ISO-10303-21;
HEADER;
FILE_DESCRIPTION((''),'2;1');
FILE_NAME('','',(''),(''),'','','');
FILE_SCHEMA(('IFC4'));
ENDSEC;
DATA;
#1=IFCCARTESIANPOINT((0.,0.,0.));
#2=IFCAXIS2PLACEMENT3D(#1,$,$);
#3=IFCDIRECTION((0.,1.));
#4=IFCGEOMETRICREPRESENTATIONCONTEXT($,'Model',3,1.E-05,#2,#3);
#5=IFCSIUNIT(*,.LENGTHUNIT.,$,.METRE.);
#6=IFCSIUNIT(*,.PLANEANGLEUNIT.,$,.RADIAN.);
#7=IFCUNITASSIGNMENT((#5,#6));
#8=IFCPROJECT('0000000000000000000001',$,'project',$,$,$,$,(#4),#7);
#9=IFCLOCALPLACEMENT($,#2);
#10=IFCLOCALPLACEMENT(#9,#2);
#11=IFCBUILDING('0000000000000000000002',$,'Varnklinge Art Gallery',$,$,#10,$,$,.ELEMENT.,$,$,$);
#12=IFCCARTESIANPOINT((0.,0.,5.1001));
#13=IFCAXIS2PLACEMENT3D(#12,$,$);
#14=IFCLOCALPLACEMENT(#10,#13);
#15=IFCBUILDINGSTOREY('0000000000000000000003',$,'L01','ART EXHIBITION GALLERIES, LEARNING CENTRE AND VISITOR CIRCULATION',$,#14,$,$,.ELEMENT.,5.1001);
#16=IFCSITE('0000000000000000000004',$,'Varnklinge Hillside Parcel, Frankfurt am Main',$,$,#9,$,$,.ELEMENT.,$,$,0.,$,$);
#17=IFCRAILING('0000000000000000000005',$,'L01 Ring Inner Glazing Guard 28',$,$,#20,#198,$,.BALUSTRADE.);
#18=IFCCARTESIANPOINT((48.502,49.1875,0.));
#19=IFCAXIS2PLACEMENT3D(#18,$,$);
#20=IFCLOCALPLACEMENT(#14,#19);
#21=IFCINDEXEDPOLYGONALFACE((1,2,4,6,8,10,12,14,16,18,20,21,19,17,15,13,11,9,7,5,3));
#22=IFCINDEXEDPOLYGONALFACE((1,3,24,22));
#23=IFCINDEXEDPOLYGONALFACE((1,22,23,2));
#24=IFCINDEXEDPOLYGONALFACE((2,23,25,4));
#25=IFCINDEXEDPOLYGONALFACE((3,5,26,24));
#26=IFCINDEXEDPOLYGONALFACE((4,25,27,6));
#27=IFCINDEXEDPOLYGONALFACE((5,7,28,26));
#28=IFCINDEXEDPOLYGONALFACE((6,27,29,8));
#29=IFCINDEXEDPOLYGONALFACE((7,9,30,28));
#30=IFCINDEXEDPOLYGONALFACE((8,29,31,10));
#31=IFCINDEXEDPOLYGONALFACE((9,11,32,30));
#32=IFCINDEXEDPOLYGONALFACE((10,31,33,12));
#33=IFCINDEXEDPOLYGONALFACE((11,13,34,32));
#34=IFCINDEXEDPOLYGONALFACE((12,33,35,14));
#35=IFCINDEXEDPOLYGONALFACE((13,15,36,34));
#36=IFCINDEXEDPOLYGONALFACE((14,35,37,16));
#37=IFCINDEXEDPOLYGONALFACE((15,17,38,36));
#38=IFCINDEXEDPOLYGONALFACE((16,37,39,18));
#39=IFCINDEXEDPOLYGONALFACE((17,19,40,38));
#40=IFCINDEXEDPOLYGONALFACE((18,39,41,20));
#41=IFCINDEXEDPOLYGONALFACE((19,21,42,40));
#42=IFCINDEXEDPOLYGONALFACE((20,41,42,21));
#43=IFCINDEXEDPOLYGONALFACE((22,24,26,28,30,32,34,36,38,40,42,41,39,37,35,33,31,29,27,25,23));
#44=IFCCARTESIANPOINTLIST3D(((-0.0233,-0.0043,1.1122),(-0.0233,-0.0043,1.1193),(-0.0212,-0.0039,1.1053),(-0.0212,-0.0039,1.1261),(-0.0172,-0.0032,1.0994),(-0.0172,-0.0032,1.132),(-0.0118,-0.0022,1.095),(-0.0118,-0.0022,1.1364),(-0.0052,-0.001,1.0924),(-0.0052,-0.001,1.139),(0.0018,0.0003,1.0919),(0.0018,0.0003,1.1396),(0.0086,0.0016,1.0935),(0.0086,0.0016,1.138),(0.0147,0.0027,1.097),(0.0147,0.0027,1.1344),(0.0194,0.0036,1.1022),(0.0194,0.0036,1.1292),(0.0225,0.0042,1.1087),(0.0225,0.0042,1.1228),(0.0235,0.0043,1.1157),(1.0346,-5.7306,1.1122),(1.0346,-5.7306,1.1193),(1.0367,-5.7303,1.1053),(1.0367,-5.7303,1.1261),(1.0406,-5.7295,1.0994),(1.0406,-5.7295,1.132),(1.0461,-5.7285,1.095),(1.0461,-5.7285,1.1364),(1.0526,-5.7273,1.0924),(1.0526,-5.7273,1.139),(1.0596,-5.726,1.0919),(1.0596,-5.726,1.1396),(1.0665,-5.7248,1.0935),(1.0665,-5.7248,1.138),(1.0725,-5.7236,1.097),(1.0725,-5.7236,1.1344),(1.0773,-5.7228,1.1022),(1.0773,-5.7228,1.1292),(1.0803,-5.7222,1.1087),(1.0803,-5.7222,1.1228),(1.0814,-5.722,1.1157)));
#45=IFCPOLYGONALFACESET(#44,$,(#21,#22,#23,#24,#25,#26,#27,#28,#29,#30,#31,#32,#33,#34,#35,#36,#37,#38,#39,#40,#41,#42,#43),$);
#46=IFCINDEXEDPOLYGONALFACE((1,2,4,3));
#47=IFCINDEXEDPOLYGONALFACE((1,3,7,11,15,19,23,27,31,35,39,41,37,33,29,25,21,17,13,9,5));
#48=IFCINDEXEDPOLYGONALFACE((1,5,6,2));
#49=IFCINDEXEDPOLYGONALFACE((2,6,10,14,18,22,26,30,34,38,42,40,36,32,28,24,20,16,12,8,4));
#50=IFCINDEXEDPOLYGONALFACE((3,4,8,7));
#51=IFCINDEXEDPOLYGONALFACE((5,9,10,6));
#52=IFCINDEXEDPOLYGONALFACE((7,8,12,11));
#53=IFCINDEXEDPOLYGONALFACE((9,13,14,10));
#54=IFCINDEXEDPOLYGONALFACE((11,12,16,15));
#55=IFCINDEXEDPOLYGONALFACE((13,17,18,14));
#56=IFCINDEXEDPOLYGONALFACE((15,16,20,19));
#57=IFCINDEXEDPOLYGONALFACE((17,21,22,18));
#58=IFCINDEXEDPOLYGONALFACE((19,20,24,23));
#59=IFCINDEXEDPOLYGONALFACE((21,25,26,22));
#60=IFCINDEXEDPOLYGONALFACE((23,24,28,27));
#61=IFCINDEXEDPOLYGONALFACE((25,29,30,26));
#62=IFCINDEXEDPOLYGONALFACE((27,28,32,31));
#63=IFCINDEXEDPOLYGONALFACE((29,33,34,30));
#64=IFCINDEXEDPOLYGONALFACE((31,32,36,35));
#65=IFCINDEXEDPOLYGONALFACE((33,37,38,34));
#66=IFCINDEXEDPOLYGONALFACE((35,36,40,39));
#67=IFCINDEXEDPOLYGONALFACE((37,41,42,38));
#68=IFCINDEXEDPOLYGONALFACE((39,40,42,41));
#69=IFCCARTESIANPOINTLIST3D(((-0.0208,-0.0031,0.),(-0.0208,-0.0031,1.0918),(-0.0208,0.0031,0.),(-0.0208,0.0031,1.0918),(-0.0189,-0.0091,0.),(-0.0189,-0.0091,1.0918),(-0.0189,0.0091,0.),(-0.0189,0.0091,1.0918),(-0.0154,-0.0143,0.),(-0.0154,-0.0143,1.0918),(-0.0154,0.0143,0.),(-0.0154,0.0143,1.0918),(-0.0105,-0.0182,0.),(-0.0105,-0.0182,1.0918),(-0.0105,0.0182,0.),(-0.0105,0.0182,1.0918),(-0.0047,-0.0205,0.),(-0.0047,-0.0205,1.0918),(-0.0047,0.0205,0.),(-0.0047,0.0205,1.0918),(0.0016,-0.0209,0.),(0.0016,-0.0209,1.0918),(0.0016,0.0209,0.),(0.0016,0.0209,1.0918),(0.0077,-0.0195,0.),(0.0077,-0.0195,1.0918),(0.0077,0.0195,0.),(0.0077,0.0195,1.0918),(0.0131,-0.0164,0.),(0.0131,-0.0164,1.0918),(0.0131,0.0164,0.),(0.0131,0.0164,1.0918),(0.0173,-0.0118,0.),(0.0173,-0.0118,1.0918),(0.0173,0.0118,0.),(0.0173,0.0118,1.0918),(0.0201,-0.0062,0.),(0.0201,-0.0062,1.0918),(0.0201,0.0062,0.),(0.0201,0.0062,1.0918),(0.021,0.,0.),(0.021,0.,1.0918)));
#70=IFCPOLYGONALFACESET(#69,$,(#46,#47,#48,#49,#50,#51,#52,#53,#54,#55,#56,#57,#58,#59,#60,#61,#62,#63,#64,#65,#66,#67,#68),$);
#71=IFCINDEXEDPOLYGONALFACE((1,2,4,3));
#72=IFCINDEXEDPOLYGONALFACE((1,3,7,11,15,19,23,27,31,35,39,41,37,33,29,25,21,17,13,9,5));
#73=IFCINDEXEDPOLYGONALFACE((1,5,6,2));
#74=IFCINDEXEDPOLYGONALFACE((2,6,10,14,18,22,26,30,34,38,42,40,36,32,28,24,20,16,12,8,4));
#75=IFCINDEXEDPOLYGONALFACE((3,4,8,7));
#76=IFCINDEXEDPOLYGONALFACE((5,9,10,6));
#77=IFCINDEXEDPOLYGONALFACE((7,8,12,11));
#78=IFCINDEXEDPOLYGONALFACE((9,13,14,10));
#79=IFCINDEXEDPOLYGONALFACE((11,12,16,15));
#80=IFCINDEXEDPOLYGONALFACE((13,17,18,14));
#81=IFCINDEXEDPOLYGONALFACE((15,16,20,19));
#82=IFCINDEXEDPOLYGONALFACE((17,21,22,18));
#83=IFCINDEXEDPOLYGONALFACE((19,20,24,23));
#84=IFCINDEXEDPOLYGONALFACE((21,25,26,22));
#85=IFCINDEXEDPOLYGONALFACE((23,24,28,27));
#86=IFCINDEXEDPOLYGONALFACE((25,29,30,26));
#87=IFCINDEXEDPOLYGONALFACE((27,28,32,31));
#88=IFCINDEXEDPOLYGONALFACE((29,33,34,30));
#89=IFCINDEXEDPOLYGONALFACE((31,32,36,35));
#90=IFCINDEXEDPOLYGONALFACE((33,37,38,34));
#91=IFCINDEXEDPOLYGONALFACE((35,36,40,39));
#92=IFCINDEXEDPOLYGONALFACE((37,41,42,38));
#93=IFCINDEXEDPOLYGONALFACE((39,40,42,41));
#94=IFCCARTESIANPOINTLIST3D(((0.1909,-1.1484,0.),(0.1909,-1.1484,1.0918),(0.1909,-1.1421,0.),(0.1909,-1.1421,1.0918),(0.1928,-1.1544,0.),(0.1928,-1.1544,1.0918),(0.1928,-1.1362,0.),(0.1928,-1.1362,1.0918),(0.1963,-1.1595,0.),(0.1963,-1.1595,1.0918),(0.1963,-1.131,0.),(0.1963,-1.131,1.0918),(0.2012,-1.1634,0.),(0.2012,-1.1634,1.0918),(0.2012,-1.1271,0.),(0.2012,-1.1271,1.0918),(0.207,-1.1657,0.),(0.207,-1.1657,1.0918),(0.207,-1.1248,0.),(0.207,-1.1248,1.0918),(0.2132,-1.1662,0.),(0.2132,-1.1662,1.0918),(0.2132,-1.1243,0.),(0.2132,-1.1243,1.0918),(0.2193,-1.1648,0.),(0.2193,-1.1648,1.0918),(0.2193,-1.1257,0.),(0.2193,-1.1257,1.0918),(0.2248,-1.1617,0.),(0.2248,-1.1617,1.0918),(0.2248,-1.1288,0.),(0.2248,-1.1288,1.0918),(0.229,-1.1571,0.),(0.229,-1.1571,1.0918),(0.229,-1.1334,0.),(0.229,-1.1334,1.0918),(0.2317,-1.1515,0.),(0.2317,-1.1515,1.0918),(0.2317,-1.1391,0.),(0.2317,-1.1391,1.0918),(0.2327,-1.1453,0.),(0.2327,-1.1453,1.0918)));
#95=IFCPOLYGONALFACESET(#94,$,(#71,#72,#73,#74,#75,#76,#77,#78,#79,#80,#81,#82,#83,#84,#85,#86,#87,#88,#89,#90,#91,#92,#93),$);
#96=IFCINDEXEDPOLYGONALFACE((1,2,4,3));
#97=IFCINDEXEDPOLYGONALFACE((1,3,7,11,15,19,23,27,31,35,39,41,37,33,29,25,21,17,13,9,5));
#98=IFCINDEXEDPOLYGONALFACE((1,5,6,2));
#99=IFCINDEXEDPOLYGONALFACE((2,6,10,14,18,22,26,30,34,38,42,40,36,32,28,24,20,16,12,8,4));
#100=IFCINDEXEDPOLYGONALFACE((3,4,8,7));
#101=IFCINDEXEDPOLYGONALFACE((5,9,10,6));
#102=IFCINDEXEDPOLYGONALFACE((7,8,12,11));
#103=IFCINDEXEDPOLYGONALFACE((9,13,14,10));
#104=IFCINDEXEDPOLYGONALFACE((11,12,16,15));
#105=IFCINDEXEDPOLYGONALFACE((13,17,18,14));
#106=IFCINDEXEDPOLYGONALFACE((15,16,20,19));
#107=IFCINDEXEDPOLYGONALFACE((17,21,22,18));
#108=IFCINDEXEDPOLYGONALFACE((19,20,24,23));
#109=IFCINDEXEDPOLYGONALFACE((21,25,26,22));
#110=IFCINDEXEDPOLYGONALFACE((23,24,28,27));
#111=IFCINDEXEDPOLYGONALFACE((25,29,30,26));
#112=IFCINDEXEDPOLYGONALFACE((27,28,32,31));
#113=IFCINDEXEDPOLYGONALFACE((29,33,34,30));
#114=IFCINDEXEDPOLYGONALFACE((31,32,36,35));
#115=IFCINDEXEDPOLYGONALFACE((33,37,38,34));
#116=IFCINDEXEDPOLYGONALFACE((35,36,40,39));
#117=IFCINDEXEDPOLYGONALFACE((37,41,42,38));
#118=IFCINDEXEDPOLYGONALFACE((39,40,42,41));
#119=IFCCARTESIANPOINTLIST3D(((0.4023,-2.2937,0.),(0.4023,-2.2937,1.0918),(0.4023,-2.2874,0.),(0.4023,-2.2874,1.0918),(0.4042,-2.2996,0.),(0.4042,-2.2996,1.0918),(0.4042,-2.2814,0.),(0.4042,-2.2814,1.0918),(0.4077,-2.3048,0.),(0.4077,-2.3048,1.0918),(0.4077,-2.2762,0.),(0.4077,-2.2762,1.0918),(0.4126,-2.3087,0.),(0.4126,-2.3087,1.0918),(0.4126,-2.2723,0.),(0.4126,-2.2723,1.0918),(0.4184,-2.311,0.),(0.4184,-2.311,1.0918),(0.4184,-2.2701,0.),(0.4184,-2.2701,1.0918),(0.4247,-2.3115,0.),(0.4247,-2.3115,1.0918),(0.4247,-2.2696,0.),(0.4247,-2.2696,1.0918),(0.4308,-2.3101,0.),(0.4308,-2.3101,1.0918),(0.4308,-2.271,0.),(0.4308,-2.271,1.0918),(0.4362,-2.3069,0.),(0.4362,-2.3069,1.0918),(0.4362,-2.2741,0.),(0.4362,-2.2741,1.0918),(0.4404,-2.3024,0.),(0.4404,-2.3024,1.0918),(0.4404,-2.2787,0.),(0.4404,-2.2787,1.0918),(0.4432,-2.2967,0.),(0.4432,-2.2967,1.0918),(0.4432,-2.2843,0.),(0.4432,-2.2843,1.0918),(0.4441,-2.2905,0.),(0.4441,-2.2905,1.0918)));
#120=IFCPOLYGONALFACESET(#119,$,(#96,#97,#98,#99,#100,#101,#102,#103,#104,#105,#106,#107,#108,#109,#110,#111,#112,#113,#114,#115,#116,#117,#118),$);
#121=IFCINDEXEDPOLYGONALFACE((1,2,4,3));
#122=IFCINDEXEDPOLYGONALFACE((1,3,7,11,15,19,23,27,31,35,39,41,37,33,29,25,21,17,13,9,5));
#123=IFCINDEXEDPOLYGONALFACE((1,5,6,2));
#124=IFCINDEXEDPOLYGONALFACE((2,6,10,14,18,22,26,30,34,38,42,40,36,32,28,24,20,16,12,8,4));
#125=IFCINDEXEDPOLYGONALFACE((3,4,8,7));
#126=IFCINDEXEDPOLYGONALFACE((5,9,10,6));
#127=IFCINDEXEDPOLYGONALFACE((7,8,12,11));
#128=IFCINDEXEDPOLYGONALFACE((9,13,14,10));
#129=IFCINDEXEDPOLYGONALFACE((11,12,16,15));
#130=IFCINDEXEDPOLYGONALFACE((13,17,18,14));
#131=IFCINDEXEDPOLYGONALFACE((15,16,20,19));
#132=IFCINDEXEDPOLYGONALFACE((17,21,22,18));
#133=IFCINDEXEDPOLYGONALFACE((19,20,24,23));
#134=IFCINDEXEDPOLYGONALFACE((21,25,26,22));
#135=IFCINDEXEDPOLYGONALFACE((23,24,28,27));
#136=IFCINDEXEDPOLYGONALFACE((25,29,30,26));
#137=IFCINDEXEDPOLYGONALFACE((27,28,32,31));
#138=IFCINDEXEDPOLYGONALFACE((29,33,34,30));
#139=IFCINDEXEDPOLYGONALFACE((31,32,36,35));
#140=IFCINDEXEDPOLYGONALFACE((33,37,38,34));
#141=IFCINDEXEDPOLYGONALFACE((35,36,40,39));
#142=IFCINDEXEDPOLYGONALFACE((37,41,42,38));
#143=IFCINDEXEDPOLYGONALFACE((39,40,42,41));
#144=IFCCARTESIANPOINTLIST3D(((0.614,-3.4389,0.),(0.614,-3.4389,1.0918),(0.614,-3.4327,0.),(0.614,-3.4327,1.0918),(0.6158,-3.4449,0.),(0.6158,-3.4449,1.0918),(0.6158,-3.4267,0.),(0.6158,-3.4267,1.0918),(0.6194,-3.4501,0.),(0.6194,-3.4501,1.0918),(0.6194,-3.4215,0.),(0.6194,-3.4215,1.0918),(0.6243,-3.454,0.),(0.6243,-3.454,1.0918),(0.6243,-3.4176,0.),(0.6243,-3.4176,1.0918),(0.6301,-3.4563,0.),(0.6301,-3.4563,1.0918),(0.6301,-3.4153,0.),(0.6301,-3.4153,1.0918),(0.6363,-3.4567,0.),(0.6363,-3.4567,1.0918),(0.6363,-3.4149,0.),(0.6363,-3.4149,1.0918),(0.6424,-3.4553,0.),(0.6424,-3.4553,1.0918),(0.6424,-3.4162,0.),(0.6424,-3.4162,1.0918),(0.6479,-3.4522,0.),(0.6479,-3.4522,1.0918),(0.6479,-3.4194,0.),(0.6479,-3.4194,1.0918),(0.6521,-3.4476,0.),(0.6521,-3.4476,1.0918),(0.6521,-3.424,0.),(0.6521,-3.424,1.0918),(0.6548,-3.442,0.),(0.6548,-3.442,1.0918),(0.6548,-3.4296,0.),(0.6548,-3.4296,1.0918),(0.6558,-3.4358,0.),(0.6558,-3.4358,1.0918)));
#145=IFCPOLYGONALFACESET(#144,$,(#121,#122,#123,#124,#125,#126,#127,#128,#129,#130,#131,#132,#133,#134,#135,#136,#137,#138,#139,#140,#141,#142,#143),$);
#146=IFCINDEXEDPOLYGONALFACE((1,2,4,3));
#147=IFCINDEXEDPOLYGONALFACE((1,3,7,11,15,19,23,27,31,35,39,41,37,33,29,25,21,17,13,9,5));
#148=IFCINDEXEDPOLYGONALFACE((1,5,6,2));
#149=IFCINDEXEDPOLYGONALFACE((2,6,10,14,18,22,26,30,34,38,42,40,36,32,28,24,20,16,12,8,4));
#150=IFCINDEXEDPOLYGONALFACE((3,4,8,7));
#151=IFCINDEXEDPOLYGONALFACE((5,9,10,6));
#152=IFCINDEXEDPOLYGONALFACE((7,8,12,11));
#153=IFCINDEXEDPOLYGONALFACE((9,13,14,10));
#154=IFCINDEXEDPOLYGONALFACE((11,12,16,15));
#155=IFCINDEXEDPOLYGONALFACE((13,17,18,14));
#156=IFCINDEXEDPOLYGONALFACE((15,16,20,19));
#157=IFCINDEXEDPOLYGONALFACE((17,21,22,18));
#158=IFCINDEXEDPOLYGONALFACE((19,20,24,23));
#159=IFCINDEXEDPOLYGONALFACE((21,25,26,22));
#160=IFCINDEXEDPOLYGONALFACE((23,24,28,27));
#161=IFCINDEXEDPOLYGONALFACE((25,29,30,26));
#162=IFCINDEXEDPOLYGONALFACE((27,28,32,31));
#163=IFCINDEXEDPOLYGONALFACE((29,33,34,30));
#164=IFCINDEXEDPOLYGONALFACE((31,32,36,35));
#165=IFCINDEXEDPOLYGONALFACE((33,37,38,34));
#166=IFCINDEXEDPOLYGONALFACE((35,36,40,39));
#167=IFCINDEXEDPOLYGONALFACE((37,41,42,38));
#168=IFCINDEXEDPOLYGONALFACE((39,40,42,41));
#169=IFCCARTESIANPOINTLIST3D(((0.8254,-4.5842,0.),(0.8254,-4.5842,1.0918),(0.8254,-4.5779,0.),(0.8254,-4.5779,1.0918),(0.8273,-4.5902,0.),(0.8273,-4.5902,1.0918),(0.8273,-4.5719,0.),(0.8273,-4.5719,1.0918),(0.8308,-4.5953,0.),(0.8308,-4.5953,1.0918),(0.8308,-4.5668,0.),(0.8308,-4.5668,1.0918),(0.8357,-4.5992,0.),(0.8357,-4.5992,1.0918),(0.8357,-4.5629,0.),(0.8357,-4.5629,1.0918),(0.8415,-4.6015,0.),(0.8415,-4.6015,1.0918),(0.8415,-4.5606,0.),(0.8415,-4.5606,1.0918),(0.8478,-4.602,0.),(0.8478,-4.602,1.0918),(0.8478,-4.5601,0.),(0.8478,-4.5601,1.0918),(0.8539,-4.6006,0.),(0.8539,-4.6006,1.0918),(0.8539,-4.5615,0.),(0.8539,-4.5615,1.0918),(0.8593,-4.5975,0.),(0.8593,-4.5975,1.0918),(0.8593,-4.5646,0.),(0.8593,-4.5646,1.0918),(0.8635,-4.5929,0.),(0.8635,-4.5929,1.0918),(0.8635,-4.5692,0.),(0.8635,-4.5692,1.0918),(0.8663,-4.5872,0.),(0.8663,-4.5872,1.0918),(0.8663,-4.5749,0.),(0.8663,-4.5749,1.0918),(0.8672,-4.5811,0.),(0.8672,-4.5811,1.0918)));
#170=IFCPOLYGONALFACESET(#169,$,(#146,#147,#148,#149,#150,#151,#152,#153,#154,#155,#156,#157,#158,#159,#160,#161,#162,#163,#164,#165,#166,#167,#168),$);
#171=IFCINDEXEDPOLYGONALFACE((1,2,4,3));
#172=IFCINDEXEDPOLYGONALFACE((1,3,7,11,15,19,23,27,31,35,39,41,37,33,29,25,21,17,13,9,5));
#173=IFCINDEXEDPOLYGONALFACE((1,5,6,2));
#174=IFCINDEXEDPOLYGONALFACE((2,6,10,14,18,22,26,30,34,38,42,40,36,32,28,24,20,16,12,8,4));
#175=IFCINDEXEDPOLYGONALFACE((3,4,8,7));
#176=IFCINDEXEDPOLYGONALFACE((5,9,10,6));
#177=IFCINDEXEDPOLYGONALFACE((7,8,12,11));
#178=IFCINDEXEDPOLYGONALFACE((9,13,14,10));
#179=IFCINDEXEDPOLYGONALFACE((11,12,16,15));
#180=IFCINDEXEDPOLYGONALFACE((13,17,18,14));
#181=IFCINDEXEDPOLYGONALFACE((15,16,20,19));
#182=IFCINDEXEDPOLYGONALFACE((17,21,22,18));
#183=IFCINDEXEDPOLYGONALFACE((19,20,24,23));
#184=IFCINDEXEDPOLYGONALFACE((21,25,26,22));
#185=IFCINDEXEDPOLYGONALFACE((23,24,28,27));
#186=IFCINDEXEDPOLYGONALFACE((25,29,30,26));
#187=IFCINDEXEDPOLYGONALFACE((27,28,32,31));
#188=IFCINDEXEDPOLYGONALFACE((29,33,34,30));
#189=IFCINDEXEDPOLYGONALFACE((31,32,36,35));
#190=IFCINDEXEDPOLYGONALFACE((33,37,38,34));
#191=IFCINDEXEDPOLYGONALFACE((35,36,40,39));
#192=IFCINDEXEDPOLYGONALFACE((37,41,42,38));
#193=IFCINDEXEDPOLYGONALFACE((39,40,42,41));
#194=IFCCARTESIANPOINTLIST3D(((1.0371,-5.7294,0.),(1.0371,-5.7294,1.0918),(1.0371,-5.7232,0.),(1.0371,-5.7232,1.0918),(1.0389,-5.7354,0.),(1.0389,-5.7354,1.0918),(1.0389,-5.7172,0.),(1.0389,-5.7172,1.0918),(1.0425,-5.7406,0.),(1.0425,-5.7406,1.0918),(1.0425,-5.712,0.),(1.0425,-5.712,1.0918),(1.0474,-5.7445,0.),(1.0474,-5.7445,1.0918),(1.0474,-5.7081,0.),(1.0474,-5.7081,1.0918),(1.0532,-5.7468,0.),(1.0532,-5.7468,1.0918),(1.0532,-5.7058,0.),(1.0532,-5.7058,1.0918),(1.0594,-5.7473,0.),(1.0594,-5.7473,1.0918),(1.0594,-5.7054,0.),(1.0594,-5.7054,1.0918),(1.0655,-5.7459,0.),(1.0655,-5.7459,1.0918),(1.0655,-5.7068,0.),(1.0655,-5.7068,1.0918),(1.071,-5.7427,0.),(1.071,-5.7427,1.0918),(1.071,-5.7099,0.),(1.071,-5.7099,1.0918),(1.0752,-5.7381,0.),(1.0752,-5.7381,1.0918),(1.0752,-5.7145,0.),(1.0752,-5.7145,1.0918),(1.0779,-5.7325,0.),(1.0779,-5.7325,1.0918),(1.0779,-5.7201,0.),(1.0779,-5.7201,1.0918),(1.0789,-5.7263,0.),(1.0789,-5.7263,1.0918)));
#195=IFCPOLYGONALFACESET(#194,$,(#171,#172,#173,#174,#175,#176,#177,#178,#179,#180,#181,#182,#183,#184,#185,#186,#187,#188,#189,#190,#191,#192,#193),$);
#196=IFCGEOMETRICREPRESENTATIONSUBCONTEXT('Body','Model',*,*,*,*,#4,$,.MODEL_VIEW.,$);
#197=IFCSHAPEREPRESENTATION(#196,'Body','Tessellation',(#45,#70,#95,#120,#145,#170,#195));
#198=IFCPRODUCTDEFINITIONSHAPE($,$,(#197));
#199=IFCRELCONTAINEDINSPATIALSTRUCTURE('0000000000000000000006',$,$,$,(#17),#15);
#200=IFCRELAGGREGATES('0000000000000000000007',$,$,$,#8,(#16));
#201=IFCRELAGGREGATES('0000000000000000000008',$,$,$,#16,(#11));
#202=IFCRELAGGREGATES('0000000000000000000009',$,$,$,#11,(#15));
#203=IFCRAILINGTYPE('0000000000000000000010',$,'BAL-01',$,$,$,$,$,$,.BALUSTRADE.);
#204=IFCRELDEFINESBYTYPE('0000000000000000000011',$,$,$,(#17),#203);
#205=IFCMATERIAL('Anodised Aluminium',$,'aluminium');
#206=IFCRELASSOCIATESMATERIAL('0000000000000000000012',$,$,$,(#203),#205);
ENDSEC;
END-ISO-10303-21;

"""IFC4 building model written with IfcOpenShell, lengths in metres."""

from ifc_helpers import new_model, si_unit, direction, frame, origin, origin_2d, place, context, subcontext, project, spatial, circle, extrude, material, type_object, element, save


model = new_model("IFC4")

# Units and contexts
model_context = context("Model", 3, precision=1e-05, world=origin(), true_north=direction((0.0, 1.0)))
body_context = subcontext(model_context, "Body", "Model", "MODEL_VIEW")
ifc_project = project(units=[si_unit("LENGTHUNIT", "METRE"), si_unit("PLANEANGLEUNIT", "RADIAN")], contexts=[model_context])

# Site, building, storey
site_placement = place(None, origin())
site = spatial("IfcSite", under=ifc_project, at=site_placement, Name="Varnklinge Hillside Parcel, Frankfurt am Main", CompositionType="ELEMENT", RefElevation=0.0)
building_placement = place(site_placement, origin())
building = spatial("IfcBuilding", under=site, at=building_placement, Name="Varnklinge Art Gallery", CompositionType="ELEMENT")
storey_placement = place(building_placement, frame((0.0, 0.0, 5.1001)))
storey = spatial("IfcBuildingStorey", under=building, at=storey_placement, Name="L01", Description="ART EXHIBITION GALLERIES, LEARNING CENTRE AND VISITOR CIRCULATION", CompositionType="ELEMENT", Elevation=5.1001)

# Railing
ifc_material_1 = material(Name="Anodised Aluminium", Category="aluminium")
railing_type = type_object("IfcRailingType", Name="BAL-01", PredefinedType="BALUSTRADE", material=ifc_material_1)
railing_1_placement = place(storey_placement, frame((48.502, 49.1875, 0.0)))
element("IfcRailing", 1, at=railing_1_placement, inside=storey, type_object=railing_type, Name="L01 Ring Inner Glazing Guard 28", PredefinedType="BALUSTRADE", context=body_context, shape_type="SweptSolid", body=[
    extrude(circle(Radius=0.0239, at=origin_2d()), frame((0.0, 0.0, 1.1157), z_axis=(0.181663, -0.983361, 0.0), x_axis=(0.983361, 0.181663, 0.0)), (0.0, 0.0, 1.0), 5.8232),
    extrude(circle(Radius=0.021, at=origin_2d()), origin(), (0.0, 0.0, 1.0), 1.0918),
    extrude(circle(Radius=0.021, at=origin_2d()), frame((0.2117, -1.1453, 0.0)), (0.0, 0.0, 1.0), 1.0918),
    extrude(circle(Radius=0.021, at=origin_2d()), frame((0.4231, -2.2905, 0.0)), (0.0, 0.0, 1.0), 1.0918),
    extrude(circle(Radius=0.021, at=origin_2d()), frame((0.6348, -3.4358, 0.0)), (0.0, 0.0, 1.0), 1.0918),
    extrude(circle(Radius=0.021, at=origin_2d()), frame((0.8462, -4.5811, 0.0)), (0.0, 0.0, 1.0), 1.0918),
    extrude(circle(Radius=0.021, at=origin_2d()), frame((1.0579, -5.7263, 0.0)), (0.0, 0.0, 1.0), 1.0918),
])

save(model, "model.ifc")
